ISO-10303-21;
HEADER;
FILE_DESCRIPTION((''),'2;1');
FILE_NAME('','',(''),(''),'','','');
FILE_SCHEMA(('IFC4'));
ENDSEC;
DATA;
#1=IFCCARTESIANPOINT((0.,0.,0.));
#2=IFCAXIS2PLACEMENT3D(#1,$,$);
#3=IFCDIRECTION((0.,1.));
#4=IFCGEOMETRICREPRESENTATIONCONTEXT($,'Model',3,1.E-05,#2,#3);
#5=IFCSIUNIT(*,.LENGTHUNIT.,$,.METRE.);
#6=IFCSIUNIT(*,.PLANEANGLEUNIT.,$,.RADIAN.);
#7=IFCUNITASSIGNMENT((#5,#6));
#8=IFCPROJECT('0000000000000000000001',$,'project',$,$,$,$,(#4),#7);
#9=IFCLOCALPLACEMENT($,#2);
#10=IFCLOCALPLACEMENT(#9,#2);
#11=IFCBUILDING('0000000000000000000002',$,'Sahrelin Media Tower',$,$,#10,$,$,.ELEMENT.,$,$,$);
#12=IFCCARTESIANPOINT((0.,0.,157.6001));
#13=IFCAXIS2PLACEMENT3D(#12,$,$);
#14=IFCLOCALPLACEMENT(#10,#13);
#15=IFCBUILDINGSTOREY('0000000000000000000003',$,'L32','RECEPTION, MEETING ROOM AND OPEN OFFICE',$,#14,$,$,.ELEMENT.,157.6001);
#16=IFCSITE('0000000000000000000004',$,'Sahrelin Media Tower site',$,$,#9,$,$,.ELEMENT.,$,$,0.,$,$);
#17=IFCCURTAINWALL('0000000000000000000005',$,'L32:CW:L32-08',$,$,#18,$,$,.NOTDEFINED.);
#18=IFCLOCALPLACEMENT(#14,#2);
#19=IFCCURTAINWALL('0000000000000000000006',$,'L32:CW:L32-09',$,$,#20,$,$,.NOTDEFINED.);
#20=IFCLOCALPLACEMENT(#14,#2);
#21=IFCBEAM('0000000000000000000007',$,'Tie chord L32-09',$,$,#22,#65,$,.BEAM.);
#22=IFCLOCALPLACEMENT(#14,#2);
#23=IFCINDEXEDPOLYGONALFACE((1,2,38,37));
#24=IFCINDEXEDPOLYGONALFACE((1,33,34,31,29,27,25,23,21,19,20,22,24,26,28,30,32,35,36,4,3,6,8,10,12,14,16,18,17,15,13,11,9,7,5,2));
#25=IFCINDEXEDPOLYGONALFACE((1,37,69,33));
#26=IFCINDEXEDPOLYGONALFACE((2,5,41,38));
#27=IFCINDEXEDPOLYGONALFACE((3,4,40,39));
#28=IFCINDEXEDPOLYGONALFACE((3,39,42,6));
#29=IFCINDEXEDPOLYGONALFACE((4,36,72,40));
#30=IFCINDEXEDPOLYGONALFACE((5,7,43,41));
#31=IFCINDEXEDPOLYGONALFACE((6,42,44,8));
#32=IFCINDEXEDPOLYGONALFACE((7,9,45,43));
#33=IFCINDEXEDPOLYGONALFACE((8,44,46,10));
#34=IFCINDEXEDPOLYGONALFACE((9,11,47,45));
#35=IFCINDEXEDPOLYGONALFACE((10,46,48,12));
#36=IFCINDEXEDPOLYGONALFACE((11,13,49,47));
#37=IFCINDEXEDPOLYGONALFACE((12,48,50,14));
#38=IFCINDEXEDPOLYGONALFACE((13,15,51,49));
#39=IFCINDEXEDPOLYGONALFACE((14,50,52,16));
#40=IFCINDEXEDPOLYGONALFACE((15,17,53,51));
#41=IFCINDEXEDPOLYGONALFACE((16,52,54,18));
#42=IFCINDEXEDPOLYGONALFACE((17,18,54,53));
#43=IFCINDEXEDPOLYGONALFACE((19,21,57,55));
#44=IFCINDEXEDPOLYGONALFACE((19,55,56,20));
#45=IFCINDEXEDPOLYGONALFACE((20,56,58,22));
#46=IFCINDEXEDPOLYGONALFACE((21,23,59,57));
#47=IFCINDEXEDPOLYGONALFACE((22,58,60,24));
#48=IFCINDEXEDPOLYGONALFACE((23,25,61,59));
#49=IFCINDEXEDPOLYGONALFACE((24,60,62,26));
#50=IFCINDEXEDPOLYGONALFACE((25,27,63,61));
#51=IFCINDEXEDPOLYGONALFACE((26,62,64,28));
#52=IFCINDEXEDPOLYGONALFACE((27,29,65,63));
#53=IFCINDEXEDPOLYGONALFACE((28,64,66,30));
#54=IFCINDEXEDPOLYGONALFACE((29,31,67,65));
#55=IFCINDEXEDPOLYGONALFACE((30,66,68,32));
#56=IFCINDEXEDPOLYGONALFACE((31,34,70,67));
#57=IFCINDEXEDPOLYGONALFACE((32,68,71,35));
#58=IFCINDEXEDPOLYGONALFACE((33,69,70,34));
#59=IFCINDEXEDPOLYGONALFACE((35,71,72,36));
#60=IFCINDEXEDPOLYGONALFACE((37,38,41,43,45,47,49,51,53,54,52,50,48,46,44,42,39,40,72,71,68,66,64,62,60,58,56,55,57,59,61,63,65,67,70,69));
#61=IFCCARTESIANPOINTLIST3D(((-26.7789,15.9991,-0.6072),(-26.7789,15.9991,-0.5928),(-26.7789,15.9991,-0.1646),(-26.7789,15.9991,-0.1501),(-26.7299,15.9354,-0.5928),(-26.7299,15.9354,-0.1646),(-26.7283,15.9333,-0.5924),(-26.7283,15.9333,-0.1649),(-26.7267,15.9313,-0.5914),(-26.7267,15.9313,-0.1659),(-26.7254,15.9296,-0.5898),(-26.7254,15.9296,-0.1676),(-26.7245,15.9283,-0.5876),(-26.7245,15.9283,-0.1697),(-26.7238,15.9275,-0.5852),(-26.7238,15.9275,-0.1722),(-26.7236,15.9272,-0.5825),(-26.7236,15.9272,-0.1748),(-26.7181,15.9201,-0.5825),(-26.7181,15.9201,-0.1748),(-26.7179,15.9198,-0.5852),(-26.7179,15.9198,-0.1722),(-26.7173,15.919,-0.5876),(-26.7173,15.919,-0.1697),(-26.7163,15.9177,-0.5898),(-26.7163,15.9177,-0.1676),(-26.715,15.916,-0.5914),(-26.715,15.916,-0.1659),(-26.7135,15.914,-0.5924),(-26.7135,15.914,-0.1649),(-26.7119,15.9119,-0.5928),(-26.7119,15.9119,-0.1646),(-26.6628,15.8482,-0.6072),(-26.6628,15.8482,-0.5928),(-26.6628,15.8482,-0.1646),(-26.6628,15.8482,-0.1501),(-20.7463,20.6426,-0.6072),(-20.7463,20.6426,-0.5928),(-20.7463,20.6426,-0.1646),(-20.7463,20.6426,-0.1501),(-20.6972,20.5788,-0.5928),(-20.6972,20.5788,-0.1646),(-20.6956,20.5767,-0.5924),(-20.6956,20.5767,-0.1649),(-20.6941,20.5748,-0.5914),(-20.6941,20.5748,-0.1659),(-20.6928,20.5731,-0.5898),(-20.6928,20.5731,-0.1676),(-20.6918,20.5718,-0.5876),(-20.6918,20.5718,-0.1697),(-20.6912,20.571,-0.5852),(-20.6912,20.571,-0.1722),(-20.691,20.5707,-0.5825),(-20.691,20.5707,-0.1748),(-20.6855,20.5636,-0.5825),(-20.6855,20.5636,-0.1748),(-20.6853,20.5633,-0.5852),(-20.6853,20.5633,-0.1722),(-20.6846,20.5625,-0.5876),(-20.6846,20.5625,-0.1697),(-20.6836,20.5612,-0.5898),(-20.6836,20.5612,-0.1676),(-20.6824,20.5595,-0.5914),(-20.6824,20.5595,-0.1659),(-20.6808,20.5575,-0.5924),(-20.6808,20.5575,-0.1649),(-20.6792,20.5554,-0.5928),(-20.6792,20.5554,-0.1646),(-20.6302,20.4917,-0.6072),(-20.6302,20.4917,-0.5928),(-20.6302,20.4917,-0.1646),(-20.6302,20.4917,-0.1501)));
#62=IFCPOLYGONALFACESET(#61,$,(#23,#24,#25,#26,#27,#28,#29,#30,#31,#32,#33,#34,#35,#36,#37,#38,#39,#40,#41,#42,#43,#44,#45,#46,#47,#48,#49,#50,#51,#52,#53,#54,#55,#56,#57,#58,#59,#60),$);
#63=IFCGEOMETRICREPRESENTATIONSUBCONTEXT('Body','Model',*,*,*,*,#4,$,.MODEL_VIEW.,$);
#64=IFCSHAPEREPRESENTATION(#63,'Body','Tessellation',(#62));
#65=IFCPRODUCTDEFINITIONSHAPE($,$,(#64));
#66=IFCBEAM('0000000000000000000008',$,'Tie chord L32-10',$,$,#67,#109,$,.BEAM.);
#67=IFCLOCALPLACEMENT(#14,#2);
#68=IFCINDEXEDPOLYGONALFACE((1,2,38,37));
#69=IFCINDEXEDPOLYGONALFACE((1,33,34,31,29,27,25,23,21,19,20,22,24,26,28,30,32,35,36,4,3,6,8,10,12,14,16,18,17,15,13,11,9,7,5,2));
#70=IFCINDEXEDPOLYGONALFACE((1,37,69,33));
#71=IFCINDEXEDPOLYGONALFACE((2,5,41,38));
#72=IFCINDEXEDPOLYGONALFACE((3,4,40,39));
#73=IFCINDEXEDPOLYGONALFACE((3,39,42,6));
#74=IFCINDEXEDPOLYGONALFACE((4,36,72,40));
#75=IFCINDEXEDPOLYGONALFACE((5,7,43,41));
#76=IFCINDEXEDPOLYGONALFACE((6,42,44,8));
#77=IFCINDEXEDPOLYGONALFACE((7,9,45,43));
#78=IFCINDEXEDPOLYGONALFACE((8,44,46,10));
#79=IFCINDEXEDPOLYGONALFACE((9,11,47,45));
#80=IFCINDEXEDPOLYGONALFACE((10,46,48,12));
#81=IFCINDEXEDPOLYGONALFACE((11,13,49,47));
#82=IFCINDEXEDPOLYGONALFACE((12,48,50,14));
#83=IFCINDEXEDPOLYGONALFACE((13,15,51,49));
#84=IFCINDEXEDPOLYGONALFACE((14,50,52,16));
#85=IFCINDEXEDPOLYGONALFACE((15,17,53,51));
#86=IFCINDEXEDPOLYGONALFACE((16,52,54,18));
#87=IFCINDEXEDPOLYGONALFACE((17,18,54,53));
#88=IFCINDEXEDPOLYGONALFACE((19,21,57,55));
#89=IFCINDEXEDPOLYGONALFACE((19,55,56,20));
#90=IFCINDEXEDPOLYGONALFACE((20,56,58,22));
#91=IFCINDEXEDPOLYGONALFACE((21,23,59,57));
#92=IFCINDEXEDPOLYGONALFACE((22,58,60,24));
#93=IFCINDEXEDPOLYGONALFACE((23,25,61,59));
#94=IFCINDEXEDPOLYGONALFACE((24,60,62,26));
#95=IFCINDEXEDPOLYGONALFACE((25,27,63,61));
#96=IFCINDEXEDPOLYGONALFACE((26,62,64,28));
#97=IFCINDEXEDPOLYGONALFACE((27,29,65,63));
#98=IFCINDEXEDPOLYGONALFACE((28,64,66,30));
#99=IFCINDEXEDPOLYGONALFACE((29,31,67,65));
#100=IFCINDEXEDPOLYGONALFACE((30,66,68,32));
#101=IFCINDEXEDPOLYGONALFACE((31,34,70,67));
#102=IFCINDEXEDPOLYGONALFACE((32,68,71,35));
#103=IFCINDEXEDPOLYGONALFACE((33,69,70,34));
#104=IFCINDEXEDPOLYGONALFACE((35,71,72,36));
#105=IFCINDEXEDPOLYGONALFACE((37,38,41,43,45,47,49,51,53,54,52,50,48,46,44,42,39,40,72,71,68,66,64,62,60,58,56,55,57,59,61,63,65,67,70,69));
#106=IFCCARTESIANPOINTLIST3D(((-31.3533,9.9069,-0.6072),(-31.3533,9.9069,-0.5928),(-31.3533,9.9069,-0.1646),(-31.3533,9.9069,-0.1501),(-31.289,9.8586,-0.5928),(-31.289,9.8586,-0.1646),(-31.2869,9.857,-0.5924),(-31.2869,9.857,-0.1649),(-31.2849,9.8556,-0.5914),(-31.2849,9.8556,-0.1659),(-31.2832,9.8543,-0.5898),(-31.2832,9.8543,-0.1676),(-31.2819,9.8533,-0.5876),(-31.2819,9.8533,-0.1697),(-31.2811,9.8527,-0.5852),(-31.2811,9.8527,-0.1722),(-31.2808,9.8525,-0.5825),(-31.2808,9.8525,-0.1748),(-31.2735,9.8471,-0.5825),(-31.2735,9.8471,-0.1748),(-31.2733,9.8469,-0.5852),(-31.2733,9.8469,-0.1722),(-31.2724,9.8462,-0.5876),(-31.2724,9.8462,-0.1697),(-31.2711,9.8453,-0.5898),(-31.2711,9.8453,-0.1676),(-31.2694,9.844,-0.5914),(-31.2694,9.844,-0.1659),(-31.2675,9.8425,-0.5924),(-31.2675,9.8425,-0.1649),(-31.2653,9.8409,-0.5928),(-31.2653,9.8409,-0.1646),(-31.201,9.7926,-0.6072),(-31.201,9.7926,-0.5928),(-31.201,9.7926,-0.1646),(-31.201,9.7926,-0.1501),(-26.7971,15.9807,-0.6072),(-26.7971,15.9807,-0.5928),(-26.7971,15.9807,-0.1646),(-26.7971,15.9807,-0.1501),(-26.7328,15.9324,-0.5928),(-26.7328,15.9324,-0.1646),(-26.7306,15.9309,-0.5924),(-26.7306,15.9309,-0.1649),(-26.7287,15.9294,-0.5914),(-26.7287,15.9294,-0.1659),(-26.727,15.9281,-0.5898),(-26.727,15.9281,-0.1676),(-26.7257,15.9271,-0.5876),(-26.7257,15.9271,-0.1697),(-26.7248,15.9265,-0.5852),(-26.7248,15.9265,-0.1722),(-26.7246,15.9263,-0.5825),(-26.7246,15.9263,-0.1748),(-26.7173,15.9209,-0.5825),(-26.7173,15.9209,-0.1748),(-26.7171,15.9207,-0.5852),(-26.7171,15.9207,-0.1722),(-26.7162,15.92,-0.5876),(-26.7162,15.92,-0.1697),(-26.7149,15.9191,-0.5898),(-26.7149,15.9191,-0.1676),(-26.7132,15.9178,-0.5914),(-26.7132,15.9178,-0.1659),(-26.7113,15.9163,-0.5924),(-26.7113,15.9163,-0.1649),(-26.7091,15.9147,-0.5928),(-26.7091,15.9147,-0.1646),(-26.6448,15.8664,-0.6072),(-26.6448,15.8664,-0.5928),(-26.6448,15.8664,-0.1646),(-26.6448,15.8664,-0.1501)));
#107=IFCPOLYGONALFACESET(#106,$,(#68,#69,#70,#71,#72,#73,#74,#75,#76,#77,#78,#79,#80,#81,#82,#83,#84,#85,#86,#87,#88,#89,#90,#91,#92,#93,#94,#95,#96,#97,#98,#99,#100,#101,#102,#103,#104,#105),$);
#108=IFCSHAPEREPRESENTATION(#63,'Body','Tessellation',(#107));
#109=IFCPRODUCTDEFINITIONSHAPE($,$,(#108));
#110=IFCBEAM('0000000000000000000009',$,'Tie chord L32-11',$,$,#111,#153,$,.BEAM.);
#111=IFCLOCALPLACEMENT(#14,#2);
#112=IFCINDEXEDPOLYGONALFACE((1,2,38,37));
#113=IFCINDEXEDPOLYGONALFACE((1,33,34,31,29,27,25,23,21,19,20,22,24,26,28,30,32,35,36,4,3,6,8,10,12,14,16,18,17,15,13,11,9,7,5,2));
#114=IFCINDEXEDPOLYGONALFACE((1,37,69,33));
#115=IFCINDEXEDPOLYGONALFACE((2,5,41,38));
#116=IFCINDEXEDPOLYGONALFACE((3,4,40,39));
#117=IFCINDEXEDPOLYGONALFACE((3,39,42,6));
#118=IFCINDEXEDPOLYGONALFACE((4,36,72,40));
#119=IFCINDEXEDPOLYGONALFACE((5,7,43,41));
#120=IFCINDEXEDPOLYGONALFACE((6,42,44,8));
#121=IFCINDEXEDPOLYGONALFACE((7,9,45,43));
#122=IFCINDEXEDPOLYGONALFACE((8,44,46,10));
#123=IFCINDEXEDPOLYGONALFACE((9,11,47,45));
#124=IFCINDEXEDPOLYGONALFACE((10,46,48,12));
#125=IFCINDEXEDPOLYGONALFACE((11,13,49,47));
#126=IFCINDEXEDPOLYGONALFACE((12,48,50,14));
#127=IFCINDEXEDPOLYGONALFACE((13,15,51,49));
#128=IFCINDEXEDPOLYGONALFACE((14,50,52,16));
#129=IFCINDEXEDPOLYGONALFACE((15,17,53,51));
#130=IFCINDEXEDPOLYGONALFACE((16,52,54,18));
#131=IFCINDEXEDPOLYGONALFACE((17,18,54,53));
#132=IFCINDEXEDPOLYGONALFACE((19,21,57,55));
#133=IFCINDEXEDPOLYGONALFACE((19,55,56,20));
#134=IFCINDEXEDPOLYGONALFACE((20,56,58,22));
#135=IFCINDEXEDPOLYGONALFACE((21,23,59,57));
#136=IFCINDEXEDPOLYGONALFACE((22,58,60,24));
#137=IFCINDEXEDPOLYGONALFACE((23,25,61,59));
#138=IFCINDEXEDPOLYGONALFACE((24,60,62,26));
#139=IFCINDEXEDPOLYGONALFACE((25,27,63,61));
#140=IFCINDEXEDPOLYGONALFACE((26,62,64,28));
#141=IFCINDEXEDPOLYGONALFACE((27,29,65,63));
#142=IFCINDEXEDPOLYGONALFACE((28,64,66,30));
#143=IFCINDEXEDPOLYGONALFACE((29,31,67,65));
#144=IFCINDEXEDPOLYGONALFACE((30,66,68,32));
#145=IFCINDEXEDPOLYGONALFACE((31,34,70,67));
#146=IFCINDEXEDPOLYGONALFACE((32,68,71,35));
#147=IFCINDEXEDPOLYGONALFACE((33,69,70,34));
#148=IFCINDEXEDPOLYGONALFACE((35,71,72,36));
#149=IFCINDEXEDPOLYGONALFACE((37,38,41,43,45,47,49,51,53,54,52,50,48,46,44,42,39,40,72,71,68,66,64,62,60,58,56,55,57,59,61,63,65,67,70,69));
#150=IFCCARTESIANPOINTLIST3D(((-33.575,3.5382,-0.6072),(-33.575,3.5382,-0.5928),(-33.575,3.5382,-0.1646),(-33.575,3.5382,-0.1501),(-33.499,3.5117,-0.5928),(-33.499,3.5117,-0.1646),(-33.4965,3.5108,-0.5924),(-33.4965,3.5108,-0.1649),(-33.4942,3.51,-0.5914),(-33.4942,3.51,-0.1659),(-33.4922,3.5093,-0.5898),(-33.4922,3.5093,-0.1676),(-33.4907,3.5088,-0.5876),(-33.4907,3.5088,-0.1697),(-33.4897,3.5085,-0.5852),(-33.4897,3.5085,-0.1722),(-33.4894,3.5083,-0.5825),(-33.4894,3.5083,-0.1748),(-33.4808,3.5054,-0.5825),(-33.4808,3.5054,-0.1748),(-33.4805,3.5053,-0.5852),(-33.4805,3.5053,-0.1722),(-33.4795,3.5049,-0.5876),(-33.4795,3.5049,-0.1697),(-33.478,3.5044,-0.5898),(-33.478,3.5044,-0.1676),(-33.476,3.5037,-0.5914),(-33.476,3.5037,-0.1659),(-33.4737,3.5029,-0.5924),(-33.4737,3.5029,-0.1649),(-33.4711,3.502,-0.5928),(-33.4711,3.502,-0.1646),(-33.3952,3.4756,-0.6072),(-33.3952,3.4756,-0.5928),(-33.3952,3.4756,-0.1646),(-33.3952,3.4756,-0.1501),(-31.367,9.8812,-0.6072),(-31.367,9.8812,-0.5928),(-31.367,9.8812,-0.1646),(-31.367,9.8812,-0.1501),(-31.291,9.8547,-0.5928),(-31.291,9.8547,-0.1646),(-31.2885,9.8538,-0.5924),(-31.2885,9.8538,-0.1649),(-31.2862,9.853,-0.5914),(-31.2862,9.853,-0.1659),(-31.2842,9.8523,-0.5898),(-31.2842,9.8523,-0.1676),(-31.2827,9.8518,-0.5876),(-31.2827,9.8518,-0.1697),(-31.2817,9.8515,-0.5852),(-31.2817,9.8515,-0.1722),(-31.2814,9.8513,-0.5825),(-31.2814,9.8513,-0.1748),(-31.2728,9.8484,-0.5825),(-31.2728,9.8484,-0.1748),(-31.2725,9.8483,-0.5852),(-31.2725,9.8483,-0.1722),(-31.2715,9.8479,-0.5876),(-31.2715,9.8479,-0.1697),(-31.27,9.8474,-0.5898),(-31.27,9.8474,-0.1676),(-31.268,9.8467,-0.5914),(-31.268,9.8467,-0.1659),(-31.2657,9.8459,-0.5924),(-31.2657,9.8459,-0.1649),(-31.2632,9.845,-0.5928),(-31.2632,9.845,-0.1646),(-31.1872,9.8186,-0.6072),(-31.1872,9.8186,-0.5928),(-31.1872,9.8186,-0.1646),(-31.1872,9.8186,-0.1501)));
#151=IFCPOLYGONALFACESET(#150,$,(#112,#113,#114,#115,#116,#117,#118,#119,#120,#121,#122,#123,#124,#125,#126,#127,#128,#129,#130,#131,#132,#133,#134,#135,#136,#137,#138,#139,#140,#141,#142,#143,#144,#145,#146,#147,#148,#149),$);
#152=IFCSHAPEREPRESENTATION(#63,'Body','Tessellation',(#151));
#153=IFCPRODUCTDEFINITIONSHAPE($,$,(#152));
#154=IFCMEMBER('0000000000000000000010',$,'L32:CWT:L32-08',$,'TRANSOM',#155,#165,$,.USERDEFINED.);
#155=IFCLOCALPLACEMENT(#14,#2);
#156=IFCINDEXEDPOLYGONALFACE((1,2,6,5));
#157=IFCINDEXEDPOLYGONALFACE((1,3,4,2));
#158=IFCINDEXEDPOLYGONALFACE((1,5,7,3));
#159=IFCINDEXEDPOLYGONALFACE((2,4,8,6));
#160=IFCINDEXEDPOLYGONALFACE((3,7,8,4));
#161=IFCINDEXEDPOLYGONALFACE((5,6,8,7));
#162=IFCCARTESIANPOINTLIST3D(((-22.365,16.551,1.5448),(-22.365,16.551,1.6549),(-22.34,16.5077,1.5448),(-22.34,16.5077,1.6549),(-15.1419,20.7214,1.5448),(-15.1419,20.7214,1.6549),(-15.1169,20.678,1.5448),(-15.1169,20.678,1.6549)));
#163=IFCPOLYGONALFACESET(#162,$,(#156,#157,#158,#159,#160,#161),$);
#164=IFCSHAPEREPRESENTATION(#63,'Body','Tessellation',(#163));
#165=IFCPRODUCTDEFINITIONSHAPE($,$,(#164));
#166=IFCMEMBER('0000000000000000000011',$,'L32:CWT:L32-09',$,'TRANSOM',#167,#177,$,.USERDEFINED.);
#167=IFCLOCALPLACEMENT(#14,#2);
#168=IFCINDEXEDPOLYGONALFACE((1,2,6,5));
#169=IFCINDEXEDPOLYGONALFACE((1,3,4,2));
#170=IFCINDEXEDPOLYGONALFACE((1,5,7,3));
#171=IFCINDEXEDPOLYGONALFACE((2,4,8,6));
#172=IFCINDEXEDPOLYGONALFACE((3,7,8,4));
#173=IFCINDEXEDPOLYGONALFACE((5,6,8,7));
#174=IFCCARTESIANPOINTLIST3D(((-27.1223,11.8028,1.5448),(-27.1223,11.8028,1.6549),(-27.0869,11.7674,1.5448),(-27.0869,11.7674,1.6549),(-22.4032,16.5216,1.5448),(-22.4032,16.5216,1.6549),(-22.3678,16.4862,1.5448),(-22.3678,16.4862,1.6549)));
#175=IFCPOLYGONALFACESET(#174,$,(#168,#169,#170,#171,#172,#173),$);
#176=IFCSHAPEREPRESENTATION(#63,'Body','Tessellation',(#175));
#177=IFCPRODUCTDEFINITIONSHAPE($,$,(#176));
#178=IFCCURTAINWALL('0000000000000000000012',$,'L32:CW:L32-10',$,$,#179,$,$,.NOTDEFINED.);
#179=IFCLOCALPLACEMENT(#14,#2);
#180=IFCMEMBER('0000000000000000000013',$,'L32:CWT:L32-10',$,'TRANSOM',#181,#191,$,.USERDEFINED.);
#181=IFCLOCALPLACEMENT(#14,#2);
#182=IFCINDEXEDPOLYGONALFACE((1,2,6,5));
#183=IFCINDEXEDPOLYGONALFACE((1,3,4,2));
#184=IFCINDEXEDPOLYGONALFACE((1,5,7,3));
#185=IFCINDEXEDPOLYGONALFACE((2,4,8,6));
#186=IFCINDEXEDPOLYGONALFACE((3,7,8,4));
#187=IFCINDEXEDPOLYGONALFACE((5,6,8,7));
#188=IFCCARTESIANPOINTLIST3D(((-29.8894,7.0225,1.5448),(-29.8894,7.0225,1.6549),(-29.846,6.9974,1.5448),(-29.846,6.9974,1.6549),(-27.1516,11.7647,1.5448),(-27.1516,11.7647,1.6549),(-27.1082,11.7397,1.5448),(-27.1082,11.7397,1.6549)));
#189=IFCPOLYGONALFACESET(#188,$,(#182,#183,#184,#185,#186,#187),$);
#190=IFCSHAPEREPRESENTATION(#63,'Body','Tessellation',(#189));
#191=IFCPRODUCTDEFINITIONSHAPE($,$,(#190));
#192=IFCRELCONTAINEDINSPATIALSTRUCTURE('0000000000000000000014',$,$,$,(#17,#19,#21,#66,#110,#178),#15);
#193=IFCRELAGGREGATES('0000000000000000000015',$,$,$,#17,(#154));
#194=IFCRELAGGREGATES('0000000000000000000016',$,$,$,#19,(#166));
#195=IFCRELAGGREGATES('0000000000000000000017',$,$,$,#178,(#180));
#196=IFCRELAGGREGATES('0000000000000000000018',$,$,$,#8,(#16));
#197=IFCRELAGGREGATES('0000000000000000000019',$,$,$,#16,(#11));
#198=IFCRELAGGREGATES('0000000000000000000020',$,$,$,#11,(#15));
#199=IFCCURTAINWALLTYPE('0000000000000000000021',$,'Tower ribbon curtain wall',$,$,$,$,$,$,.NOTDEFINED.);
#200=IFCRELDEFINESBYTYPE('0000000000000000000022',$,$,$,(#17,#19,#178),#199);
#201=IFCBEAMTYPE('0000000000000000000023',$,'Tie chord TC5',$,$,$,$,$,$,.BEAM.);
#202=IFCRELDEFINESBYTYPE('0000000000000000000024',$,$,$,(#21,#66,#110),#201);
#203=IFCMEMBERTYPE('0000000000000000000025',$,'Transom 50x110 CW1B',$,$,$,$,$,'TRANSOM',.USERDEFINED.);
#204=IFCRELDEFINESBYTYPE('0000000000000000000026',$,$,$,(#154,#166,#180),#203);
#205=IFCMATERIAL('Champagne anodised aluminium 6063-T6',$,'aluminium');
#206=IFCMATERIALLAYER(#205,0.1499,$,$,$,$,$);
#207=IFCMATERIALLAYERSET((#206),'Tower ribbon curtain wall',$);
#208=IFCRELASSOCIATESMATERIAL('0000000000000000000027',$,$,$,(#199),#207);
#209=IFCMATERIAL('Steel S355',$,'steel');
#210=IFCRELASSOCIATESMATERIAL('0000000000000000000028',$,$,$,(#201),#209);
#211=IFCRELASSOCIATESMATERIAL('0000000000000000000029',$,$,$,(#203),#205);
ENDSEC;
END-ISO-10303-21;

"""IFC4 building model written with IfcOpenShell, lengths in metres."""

from ifc_helpers import new_model, si_unit, direction, frame, origin, origin_2d, place, context, subcontext, project, spatial, rectangle, i_section, extrude, material, layer, layer_set, material_profile, profile_set, type_object, element, aggregate, save


model = new_model("IFC4")

# Units and contexts
model_context = context("Model", 3, precision=1e-05, world=origin(), true_north=direction((0.0, 1.0)))
body_context = subcontext(model_context, "Body", "Model", "MODEL_VIEW")
ifc_project = project(units=[si_unit("LENGTHUNIT", "METRE"), si_unit("PLANEANGLEUNIT", "RADIAN")], contexts=[model_context])

# Site, building, storey
site_placement = place(None, origin())
site = spatial("IfcSite", under=ifc_project, at=site_placement, Name="Sahrelin Media Tower site", CompositionType="ELEMENT", RefElevation=0.0)
building_placement = place(site_placement, origin())
building = spatial("IfcBuilding", under=site, at=building_placement, Name="Sahrelin Media Tower", CompositionType="ELEMENT")
storey_placement = place(building_placement, frame((0.0, 0.0, 157.6001)))
storey = spatial("IfcBuildingStorey", under=building, at=storey_placement, Name="L32", Description="RECEPTION, MEETING ROOM AND OPEN OFFICE", CompositionType="ELEMENT", Elevation=157.6001)

# Shared definitions
ifc_material_1 = material(Name="Steel S355", Category="steel")

# Curtain walls
ifc_material_2 = material(Name="Champagne anodised aluminium 6063-T6", Category="aluminium")
ifc_layer_1 = layer(ifc_material_2, 0.1499)
ifc_layer_set_1 = layer_set([ifc_layer_1], Name="Tower ribbon curtain wall")
curtain_wall_type = type_object("IfcCurtainWallType", Name="Tower ribbon curtain wall", PredefinedType="NOTDEFINED", material=ifc_layer_set_1)
curtain_wall_1_placement = place(storey_placement, frame((-18.8511, 18.8049, 0.0), z_axis=(0.0, 0.0, 1.0), x_axis=(1.0, 0.0, 0.0)))
curtain_wall_1 = element("IfcCurtainWall", 1, at=curtain_wall_1_placement, inside=storey, type_object=curtain_wall_type, Name="L32:CW:L32-08", PredefinedType="NOTDEFINED")
curtain_wall_2_placement = place(storey_placement, frame((-24.9004, 14.3, 0.0), z_axis=(0.0, 0.0, 1.0), x_axis=(1.0, 0.0, 0.0)))
curtain_wall_2 = element("IfcCurtainWall", 2, at=curtain_wall_2_placement, inside=storey, type_object=curtain_wall_type, Name="L32:CW:L32-09", PredefinedType="NOTDEFINED")

# Beams
ifc_material_profile_1 = material_profile(ifc_material_1, i_section(OverallWidth=0.1904, OverallDepth=0.457, WebThickness=0.009, FlangeThickness=0.0144, FilletRadius=0.0103, at=origin_2d()), Name="UB 457x191x74")
ifc_profile_set_1 = profile_set([ifc_material_profile_1], Name="Steel S355")
beam_type_1 = type_object("IfcBeamType", Name="Tie chord TC5", PredefinedType="BEAM", material=ifc_profile_set_1)
beam_1_placement = place(storey_placement, frame((-20.6882, 20.5671, -0.3787), z_axis=(-0.792433, -0.609959, 0.0), x_axis=(0.609959, -0.792433, 0.0)))
element("IfcBeam", 3, at=beam_1_placement, inside=storey, type_object=beam_type_1, Name="Tie chord L32-09", PredefinedType="BEAM", context=body_context, shape_type="SweptSolid", body=[
    extrude(i_section(OverallWidth=0.1904, OverallDepth=0.457, WebThickness=0.009, FlangeThickness=0.0144, FilletRadius=0.0103, at=origin_2d()), origin(), (0.0, 0.0, 1.0), 7.6128),
])
beam_2_placement = place(storey_placement, frame((-26.7209, 15.9236, -0.3787), z_axis=(-0.600072, -0.799946, 0.0), x_axis=(0.799946, -0.600072, 0.0)))
element("IfcBeam", 4, at=beam_2_placement, inside=storey, type_object=beam_type_1, Name="Tie chord L32-10", PredefinedType="BEAM", context=body_context, shape_type="SweptSolid", body=[
    extrude(i_section(OverallWidth=0.1904, OverallDepth=0.457, WebThickness=0.009, FlangeThickness=0.0144, FilletRadius=0.0103, at=origin_2d()), origin(), (0.0, 0.0, 1.0), 7.5928),
])
beam_3_placement = place(storey_placement, frame((-31.2771, 9.8499, -0.3787), z_axis=(-0.328752, -0.944416, 0.0), x_axis=(0.944416, -0.328752, 0.0)))
element("IfcBeam", 5, at=beam_3_placement, inside=storey, type_object=beam_type_1, Name="Tie chord L32-11", PredefinedType="BEAM", context=body_context, shape_type="SweptSolid", body=[
    extrude(i_section(OverallWidth=0.1904, OverallDepth=0.457, WebThickness=0.009, FlangeThickness=0.0144, FilletRadius=0.0103, at=origin_2d()), origin(), (0.0, 0.0, 1.0), 6.7163),
])

# Members
ifc_material_profile_2 = material_profile(ifc_material_2, rectangle(XDim=0.05, YDim=0.1101, at=origin_2d()), Name="Transom 50x110")
ifc_profile_set_2 = profile_set([ifc_material_profile_2], Name="Champagne anodised aluminium 6063-T6")
member_type_1 = type_object("IfcMemberType", Name="Transom 50x110 CW1B", ElementType="TRANSOM", PredefinedType="USERDEFINED", material=ifc_profile_set_2)
member_1_placement = place(storey_placement, frame((-15.1294, 20.6997, 1.5999), z_axis=(-0.866019, -0.500011, 0.0), x_axis=(0.500011, -0.866019, 0.0)))
member_1 = element("IfcMember", 6, at=member_1_placement, type_object=member_type_1, Name="L32:CWT:L32-08", ObjectType="TRANSOM", PredefinedType="USERDEFINED", context=body_context, shape_type="SweptSolid", body=[
    extrude(rectangle(XDim=0.05, YDim=0.1101, at=origin_2d()), origin(), (0.0, 0.0, 1.0), 8.3406),
])
member_2_placement = place(storey_placement, frame((-22.3855, 16.5039, 1.5999), z_axis=(-0.707125, -0.707088, 0.0), x_axis=(0.707088, -0.707125, 0.0)))
member_2 = element("IfcMember", 7, at=member_2_placement, type_object=member_type_1, Name="L32:CWT:L32-09", ObjectType="TRANSOM", PredefinedType="USERDEFINED", context=body_context, shape_type="SweptSolid", body=[
    extrude(rectangle(XDim=0.05, YDim=0.1101, at=origin_2d()), origin(), (0.0, 0.0, 1.0), 6.6736),
])

# Curtain wall, member
curtain_wall_3_placement = place(storey_placement, frame((-28.6892, 9.491, 0.0), z_axis=(0.0, 0.0, 1.0), x_axis=(1.0, 0.0, 0.0)))
curtain_wall_3 = element("IfcCurtainWall", 8, at=curtain_wall_3_placement, inside=storey, type_object=curtain_wall_type, Name="L32:CW:L32-10", PredefinedType="NOTDEFINED")
member_3_placement = place(storey_placement, frame((-27.1299, 11.7522, 1.5999), z_axis=(-0.499985, -0.866034, 0.0), x_axis=(0.866034, -0.499985, 0.0)))
member_3 = element("IfcMember", 9, at=member_3_placement, type_object=member_type_1, Name="L32:CWT:L32-10", ObjectType="TRANSOM", PredefinedType="USERDEFINED", context=body_context, shape_type="SweptSolid", body=[
    extrude(rectangle(XDim=0.05, YDim=0.1101, at=origin_2d()), origin(), (0.0, 0.0, 1.0), 5.4758),
])

aggregate(curtain_wall_1, [member_1])
aggregate(curtain_wall_2, [member_2])
aggregate(curtain_wall_3, [member_3])

save(model, "model.ifc")
